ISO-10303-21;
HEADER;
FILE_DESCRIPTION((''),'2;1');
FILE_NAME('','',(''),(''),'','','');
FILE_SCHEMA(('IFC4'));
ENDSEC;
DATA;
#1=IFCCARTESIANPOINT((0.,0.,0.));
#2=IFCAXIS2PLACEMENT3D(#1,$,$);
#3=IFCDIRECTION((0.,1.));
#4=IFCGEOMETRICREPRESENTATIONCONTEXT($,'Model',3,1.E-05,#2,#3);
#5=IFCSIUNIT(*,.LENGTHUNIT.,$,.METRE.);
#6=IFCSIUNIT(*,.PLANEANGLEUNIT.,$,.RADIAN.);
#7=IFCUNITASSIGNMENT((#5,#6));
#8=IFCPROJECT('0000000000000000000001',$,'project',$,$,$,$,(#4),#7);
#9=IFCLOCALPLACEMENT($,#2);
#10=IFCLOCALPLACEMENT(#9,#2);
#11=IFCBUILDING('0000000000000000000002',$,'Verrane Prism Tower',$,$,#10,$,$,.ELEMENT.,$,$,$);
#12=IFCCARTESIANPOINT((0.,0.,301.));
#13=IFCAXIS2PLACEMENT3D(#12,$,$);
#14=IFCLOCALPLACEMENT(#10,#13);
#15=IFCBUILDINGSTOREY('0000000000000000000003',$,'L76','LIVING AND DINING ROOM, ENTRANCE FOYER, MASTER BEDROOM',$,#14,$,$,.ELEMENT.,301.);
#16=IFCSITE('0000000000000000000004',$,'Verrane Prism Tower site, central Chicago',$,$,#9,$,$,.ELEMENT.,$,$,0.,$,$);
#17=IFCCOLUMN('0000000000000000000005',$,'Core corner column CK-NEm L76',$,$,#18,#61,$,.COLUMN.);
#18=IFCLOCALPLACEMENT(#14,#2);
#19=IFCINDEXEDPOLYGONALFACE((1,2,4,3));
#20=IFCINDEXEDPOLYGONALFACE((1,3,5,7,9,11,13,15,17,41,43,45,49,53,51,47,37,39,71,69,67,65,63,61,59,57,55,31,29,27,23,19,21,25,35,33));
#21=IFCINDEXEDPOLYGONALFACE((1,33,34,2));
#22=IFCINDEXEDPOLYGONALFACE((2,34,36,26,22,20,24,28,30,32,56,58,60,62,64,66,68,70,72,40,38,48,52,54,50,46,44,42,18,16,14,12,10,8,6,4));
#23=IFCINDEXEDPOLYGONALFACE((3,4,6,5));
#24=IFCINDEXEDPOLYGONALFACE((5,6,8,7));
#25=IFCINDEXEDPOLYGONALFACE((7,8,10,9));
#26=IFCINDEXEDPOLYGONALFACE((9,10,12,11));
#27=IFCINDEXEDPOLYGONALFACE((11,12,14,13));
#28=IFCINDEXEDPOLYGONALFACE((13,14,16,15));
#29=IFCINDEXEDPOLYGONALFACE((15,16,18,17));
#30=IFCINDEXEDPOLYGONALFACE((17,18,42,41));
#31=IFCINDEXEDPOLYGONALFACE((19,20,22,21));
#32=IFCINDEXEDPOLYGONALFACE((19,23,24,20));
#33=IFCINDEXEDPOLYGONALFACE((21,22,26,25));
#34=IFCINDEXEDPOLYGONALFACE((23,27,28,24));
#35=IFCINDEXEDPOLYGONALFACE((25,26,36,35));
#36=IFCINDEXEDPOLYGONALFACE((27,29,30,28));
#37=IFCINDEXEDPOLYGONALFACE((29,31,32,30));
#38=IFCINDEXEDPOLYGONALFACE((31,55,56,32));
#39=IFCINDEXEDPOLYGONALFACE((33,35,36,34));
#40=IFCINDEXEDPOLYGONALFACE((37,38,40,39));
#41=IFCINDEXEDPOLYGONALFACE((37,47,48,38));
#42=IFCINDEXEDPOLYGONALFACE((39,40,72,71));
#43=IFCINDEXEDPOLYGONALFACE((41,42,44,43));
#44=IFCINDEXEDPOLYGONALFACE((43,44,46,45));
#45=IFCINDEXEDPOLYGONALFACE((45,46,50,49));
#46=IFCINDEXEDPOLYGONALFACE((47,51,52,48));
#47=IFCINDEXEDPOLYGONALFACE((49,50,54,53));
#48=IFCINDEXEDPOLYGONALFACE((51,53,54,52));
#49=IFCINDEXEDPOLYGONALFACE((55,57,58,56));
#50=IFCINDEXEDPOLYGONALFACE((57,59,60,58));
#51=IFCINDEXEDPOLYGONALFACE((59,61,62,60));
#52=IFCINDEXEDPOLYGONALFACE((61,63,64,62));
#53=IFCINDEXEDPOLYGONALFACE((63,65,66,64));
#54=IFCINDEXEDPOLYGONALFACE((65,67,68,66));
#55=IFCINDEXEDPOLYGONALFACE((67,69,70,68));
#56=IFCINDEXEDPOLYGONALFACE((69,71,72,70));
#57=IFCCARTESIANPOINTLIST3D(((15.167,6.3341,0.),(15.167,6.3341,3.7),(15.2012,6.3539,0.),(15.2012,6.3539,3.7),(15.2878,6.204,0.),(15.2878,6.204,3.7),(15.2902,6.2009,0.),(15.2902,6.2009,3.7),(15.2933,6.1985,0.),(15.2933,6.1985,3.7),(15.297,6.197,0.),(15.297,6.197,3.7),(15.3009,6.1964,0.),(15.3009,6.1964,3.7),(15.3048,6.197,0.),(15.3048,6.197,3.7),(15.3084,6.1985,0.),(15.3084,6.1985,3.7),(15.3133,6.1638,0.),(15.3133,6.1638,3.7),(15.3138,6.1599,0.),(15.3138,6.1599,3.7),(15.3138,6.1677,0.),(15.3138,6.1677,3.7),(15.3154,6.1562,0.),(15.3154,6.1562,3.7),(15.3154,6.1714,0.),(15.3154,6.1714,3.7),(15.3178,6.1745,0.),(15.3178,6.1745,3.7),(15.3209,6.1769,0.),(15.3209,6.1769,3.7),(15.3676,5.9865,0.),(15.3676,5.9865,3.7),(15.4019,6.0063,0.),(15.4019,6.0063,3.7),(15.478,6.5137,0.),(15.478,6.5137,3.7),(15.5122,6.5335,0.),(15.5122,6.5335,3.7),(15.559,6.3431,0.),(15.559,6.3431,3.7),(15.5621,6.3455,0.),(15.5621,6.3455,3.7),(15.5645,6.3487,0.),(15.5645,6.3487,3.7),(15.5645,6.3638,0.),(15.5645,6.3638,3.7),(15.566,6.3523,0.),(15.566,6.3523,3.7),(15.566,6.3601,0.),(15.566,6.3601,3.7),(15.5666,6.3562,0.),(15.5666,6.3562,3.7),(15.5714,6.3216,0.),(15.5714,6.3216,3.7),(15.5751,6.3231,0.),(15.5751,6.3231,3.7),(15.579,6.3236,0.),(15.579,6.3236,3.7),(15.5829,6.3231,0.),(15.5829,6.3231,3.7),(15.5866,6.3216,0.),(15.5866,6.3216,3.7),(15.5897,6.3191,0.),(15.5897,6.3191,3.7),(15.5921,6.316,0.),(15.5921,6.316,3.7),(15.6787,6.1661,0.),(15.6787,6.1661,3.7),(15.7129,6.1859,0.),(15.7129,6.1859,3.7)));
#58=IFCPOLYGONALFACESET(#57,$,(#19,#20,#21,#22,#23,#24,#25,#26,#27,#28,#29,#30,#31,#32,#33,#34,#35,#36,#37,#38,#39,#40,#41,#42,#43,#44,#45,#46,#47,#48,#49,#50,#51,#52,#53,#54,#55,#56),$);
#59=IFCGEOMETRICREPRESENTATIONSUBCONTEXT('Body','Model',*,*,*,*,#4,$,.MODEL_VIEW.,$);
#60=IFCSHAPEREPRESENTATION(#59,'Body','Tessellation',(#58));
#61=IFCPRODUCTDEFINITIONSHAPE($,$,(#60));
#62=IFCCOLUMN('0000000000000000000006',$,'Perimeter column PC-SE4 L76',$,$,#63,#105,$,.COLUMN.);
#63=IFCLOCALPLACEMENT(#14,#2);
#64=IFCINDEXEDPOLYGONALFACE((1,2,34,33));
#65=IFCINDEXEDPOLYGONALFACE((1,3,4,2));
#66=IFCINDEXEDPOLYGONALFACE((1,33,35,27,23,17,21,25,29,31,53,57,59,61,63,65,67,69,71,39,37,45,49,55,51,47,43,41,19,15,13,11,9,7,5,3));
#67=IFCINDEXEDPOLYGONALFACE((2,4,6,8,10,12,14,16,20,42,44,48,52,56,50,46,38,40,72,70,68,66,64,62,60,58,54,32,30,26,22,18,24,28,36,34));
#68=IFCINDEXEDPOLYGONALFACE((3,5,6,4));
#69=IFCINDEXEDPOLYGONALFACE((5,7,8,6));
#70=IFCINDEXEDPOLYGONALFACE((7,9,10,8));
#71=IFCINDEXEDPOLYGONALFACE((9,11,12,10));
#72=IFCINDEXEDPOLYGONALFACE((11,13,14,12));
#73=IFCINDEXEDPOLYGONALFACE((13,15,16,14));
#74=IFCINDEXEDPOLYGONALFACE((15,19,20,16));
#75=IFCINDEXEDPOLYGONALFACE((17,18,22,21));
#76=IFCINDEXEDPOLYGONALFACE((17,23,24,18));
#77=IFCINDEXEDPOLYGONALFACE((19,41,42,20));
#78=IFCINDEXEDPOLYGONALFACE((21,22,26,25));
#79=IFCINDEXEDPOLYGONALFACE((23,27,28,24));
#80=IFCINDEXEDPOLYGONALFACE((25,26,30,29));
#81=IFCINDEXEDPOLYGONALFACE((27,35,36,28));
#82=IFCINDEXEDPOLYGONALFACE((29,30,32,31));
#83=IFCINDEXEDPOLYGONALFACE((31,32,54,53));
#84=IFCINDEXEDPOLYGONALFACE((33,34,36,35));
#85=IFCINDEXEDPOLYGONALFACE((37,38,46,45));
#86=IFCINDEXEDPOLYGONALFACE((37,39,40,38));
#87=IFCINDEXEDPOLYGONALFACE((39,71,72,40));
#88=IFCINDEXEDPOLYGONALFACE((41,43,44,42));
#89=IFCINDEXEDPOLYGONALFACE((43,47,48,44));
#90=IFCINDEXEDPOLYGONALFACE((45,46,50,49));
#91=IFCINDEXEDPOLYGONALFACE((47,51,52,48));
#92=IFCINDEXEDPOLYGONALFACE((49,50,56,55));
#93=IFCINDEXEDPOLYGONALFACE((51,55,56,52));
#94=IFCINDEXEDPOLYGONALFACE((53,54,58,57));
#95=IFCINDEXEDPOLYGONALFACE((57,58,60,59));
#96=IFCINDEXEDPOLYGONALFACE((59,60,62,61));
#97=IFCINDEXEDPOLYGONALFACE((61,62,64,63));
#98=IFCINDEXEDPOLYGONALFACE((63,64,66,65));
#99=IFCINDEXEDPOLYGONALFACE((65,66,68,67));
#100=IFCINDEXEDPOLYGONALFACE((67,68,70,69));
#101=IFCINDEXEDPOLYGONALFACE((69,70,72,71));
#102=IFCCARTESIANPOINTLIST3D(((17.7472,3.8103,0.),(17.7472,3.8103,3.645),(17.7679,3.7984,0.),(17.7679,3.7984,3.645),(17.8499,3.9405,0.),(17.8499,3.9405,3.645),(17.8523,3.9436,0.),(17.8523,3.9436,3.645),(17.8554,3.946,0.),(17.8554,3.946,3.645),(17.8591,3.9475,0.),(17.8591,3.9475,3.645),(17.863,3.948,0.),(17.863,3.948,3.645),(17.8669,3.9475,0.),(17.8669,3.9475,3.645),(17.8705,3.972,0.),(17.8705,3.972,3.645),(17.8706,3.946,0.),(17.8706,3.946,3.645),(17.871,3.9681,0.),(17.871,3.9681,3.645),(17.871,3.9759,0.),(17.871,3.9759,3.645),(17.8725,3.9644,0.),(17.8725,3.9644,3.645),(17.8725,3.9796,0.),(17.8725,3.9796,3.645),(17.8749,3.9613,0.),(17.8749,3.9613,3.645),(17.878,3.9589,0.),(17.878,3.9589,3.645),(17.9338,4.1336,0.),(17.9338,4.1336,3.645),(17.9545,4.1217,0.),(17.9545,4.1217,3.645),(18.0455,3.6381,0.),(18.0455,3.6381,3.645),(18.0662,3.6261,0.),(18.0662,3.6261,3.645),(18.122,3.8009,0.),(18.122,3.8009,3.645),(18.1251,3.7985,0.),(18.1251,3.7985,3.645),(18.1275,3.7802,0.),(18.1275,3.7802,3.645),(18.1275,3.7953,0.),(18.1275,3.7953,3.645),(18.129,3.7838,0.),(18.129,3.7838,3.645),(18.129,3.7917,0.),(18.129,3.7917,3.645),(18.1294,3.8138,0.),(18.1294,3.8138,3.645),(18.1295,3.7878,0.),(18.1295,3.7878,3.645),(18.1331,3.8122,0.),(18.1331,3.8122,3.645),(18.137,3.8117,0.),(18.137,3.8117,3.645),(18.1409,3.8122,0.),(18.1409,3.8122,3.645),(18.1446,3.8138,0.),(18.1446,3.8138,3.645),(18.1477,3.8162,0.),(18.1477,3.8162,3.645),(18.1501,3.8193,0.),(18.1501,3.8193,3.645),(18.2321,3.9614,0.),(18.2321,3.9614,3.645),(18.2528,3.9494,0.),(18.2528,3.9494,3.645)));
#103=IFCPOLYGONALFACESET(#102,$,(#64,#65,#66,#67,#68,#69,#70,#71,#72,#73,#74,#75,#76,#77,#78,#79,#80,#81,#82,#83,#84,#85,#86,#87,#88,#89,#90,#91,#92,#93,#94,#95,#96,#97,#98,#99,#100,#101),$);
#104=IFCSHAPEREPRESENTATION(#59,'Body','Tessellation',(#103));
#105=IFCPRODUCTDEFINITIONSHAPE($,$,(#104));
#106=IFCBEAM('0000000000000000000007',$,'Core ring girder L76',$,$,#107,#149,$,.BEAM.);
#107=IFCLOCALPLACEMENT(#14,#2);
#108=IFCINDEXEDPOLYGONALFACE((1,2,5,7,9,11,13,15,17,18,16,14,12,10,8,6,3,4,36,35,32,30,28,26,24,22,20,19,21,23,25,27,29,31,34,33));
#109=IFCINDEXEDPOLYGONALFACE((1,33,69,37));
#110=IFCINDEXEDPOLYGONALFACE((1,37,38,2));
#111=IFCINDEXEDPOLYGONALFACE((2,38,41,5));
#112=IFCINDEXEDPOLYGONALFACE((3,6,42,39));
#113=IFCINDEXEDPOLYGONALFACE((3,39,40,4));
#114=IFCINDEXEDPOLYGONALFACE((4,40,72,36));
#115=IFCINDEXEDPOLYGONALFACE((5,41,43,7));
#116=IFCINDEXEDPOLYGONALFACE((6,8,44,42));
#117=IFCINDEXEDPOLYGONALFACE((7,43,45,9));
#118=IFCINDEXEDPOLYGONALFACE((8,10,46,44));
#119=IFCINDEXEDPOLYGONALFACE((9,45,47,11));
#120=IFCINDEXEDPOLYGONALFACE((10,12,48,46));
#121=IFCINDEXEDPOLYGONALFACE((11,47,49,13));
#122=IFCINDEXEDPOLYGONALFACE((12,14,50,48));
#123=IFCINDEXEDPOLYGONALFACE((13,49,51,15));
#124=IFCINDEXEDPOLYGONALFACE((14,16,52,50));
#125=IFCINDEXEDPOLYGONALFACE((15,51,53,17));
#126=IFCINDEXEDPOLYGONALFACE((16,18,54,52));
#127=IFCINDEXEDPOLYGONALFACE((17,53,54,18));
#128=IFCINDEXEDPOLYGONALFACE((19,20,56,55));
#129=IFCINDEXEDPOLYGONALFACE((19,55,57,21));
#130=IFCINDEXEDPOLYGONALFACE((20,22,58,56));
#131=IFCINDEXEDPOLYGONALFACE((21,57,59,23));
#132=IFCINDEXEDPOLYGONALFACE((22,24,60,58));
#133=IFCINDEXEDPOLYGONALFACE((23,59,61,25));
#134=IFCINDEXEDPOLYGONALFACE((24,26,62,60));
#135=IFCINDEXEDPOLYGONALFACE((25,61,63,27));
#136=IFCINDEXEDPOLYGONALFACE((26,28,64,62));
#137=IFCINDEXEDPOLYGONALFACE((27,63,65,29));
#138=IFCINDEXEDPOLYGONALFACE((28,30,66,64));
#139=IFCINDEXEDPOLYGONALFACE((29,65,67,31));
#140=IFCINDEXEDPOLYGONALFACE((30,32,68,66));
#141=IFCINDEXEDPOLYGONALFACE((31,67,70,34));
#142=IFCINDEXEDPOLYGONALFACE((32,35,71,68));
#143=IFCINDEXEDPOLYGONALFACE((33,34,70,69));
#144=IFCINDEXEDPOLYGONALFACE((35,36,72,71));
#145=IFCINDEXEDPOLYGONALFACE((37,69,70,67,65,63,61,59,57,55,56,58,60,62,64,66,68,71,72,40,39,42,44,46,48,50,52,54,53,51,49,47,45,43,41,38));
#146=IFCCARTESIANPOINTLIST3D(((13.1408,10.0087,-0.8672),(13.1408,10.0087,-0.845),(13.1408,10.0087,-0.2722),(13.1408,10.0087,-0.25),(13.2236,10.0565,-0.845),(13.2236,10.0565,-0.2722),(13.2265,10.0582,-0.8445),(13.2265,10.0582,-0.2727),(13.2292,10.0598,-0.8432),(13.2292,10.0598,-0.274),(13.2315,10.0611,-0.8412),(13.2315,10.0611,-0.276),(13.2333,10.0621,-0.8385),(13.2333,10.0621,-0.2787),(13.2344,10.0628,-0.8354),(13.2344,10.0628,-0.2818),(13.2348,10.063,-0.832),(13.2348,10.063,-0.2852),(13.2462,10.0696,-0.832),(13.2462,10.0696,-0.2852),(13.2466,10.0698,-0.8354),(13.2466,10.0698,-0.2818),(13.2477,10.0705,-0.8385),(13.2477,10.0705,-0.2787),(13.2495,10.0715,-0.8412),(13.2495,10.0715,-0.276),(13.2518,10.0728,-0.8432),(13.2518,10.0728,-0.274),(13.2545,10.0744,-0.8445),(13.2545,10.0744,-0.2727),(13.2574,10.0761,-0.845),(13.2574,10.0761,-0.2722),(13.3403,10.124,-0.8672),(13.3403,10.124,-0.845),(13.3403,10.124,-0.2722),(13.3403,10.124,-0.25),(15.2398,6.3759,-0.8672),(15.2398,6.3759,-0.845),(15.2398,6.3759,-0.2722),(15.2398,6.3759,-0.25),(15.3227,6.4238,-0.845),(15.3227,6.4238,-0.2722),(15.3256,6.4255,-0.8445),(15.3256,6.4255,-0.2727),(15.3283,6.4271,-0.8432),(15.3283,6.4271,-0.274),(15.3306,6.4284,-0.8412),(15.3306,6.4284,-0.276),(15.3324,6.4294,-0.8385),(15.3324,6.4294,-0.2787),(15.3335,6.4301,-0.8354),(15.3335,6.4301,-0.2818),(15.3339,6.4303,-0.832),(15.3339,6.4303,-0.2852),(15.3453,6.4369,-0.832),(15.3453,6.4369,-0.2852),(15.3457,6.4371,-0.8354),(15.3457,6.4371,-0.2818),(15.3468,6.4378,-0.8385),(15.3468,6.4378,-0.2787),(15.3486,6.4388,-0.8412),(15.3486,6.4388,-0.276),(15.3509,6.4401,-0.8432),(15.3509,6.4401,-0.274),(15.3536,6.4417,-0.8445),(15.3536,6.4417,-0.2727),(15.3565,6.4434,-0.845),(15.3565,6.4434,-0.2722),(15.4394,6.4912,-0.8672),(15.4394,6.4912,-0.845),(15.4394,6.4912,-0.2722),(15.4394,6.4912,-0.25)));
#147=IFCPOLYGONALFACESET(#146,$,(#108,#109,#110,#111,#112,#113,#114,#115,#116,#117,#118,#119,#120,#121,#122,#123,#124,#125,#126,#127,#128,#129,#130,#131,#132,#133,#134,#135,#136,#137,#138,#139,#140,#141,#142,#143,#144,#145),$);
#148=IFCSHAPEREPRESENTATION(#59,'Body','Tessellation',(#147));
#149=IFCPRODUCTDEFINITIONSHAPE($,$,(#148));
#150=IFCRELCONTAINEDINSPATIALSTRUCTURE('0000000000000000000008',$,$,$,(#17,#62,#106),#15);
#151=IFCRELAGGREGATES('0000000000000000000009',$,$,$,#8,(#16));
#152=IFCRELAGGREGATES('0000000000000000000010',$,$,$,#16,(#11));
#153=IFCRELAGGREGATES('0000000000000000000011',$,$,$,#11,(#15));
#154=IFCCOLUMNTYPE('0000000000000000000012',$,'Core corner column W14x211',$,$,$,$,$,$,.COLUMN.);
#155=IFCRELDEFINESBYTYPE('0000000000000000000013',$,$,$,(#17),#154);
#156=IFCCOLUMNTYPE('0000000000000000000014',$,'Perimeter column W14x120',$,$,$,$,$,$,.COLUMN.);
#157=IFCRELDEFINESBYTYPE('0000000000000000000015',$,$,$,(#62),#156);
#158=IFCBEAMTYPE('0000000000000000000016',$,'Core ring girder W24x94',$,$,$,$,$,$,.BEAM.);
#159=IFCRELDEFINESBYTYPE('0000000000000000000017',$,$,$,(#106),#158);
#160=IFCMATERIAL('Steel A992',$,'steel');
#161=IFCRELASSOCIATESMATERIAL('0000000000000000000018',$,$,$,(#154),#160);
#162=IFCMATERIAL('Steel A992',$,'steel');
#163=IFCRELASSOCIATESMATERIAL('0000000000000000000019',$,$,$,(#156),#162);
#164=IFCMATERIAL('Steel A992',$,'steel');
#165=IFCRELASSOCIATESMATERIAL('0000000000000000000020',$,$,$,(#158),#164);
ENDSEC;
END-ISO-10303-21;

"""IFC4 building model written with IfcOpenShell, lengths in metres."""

from ifc_helpers import new_model, si_unit, direction, frame, origin, origin_2d, place, context, subcontext, project, spatial, i_section, extrude, material, material_profile, profile_set, type_object, element, save


model = new_model("IFC4")

# Units and contexts
model_context = context("Model", 3, precision=1e-05, world=origin(), true_north=direction((0.0, 1.0)))
body_context = subcontext(model_context, "Body", "Model", "MODEL_VIEW")
ifc_project = project(units=[si_unit("LENGTHUNIT", "METRE"), si_unit("PLANEANGLEUNIT", "RADIAN")], contexts=[model_context])

# Site, building, storey
site_placement = place(None, origin())
site = spatial("IfcSite", under=ifc_project, at=site_placement, Name="Verrane Prism Tower site, central Chicago", CompositionType="ELEMENT", RefElevation=0.0)
building_placement = place(site_placement, origin())
building = spatial("IfcBuilding", under=site, at=building_placement, Name="Verrane Prism Tower", CompositionType="ELEMENT")
storey_placement = place(building_placement, frame((0.0, 0.0, 301.0)))
storey = spatial("IfcBuildingStorey", under=building, at=storey_placement, Name="L76", Description="LIVING AND DINING ROOM, ENTRANCE FOYER, MASTER BEDROOM", CompositionType="ELEMENT", Elevation=301.0)

# Columns
ifc_material_1 = material(Name="Steel A992", Category="steel")
ifc_material_profile_1 = material_profile(ifc_material_1, i_section(OverallWidth=0.4014, OverallDepth=0.3987, WebThickness=0.0249, FlangeThickness=0.0396, FilletRadius=0.0151, at=origin_2d()), Name="W14x211")
ifc_profile_set_1 = profile_set([ifc_material_profile_1], Name="Steel A992")
column_type_1 = type_object("IfcColumnType", Name="Core corner column W14x211", PredefinedType="COLUMN", material=ifc_profile_set_1)
column_1_placement = place(storey_placement, frame((15.4399, 6.26, 0.0), z_axis=(0.0, 0.0, 1.0), x_axis=(0.5, -0.866025, 0.0)))
element("IfcColumn", 1, at=column_1_placement, inside=storey, type_object=column_type_1, Name="Core corner column CK-NEm L76", PredefinedType="COLUMN", context=body_context, shape_type="SweptSolid", body=[
    extrude(i_section(OverallWidth=0.4014, OverallDepth=0.3987, WebThickness=0.0249, FlangeThickness=0.0396, FilletRadius=0.0151, at=origin_2d()), origin(), (0.0, 0.0, 1.0), 3.7),
])
ifc_material_2 = material(Name="Steel A992", Category="steel")
ifc_material_profile_2 = material_profile(ifc_material_2, i_section(OverallWidth=0.3733, OverallDepth=0.3684, WebThickness=0.0149, FlangeThickness=0.0239, FilletRadius=0.0151, at=origin_2d()), Name="W14x120")
ifc_profile_set_2 = profile_set([ifc_material_profile_2], Name="Steel A992")
column_type_2 = type_object("IfcColumnType", Name="Perimeter column W14x120", PredefinedType="COLUMN", material=ifc_profile_set_2)
column_2_placement = place(storey_placement, frame((18.0, 3.8799, 0.0), z_axis=(0.0, 0.0, 1.0), x_axis=(-0.5, -0.866025, 0.0)))
element("IfcColumn", 2, at=column_2_placement, inside=storey, type_object=column_type_2, Name="Perimeter column PC-SE4 L76", PredefinedType="COLUMN", context=body_context, shape_type="SweptSolid", body=[
    extrude(i_section(OverallWidth=0.3733, OverallDepth=0.3684, WebThickness=0.0149, FlangeThickness=0.0239, FilletRadius=0.0151, at=origin_2d()), origin(), (0.0, 0.0, 1.0), 3.645),
])

# Beam
ifc_material_3 = material(Name="Steel A992", Category="steel")
ifc_material_profile_3 = material_profile(ifc_material_3, i_section(OverallWidth=0.2305, OverallDepth=0.6172, WebThickness=0.0132, FlangeThickness=0.0222, FilletRadius=0.0129, at=origin_2d()), Name="W24x94")
ifc_profile_set_3 = profile_set([ifc_material_profile_3], Name="Steel A992")
beam_type_1 = type_object("IfcBeamType", Name="Core ring girder W24x94", PredefinedType="BEAM", material=ifc_profile_set_3)
beam_1_placement = place(storey_placement, frame((15.3396, 6.4336, -0.5586), z_axis=(-0.500307, 0.865848, 0.0), x_axis=(-0.865848, -0.500307, 0.0)))
element("IfcBeam", 3, at=beam_1_placement, inside=storey, type_object=beam_type_1, Name="Core ring girder L76", PredefinedType="BEAM", context=body_context, shape_type="SweptSolid", body=[
    extrude(i_section(OverallWidth=0.2305, OverallDepth=0.6172, WebThickness=0.0132, FlangeThickness=0.0222, FilletRadius=0.0129, at=origin_2d()), origin(), (0.0, 0.0, 1.0), 4.1956),
])

save(model, "model.ifc")
